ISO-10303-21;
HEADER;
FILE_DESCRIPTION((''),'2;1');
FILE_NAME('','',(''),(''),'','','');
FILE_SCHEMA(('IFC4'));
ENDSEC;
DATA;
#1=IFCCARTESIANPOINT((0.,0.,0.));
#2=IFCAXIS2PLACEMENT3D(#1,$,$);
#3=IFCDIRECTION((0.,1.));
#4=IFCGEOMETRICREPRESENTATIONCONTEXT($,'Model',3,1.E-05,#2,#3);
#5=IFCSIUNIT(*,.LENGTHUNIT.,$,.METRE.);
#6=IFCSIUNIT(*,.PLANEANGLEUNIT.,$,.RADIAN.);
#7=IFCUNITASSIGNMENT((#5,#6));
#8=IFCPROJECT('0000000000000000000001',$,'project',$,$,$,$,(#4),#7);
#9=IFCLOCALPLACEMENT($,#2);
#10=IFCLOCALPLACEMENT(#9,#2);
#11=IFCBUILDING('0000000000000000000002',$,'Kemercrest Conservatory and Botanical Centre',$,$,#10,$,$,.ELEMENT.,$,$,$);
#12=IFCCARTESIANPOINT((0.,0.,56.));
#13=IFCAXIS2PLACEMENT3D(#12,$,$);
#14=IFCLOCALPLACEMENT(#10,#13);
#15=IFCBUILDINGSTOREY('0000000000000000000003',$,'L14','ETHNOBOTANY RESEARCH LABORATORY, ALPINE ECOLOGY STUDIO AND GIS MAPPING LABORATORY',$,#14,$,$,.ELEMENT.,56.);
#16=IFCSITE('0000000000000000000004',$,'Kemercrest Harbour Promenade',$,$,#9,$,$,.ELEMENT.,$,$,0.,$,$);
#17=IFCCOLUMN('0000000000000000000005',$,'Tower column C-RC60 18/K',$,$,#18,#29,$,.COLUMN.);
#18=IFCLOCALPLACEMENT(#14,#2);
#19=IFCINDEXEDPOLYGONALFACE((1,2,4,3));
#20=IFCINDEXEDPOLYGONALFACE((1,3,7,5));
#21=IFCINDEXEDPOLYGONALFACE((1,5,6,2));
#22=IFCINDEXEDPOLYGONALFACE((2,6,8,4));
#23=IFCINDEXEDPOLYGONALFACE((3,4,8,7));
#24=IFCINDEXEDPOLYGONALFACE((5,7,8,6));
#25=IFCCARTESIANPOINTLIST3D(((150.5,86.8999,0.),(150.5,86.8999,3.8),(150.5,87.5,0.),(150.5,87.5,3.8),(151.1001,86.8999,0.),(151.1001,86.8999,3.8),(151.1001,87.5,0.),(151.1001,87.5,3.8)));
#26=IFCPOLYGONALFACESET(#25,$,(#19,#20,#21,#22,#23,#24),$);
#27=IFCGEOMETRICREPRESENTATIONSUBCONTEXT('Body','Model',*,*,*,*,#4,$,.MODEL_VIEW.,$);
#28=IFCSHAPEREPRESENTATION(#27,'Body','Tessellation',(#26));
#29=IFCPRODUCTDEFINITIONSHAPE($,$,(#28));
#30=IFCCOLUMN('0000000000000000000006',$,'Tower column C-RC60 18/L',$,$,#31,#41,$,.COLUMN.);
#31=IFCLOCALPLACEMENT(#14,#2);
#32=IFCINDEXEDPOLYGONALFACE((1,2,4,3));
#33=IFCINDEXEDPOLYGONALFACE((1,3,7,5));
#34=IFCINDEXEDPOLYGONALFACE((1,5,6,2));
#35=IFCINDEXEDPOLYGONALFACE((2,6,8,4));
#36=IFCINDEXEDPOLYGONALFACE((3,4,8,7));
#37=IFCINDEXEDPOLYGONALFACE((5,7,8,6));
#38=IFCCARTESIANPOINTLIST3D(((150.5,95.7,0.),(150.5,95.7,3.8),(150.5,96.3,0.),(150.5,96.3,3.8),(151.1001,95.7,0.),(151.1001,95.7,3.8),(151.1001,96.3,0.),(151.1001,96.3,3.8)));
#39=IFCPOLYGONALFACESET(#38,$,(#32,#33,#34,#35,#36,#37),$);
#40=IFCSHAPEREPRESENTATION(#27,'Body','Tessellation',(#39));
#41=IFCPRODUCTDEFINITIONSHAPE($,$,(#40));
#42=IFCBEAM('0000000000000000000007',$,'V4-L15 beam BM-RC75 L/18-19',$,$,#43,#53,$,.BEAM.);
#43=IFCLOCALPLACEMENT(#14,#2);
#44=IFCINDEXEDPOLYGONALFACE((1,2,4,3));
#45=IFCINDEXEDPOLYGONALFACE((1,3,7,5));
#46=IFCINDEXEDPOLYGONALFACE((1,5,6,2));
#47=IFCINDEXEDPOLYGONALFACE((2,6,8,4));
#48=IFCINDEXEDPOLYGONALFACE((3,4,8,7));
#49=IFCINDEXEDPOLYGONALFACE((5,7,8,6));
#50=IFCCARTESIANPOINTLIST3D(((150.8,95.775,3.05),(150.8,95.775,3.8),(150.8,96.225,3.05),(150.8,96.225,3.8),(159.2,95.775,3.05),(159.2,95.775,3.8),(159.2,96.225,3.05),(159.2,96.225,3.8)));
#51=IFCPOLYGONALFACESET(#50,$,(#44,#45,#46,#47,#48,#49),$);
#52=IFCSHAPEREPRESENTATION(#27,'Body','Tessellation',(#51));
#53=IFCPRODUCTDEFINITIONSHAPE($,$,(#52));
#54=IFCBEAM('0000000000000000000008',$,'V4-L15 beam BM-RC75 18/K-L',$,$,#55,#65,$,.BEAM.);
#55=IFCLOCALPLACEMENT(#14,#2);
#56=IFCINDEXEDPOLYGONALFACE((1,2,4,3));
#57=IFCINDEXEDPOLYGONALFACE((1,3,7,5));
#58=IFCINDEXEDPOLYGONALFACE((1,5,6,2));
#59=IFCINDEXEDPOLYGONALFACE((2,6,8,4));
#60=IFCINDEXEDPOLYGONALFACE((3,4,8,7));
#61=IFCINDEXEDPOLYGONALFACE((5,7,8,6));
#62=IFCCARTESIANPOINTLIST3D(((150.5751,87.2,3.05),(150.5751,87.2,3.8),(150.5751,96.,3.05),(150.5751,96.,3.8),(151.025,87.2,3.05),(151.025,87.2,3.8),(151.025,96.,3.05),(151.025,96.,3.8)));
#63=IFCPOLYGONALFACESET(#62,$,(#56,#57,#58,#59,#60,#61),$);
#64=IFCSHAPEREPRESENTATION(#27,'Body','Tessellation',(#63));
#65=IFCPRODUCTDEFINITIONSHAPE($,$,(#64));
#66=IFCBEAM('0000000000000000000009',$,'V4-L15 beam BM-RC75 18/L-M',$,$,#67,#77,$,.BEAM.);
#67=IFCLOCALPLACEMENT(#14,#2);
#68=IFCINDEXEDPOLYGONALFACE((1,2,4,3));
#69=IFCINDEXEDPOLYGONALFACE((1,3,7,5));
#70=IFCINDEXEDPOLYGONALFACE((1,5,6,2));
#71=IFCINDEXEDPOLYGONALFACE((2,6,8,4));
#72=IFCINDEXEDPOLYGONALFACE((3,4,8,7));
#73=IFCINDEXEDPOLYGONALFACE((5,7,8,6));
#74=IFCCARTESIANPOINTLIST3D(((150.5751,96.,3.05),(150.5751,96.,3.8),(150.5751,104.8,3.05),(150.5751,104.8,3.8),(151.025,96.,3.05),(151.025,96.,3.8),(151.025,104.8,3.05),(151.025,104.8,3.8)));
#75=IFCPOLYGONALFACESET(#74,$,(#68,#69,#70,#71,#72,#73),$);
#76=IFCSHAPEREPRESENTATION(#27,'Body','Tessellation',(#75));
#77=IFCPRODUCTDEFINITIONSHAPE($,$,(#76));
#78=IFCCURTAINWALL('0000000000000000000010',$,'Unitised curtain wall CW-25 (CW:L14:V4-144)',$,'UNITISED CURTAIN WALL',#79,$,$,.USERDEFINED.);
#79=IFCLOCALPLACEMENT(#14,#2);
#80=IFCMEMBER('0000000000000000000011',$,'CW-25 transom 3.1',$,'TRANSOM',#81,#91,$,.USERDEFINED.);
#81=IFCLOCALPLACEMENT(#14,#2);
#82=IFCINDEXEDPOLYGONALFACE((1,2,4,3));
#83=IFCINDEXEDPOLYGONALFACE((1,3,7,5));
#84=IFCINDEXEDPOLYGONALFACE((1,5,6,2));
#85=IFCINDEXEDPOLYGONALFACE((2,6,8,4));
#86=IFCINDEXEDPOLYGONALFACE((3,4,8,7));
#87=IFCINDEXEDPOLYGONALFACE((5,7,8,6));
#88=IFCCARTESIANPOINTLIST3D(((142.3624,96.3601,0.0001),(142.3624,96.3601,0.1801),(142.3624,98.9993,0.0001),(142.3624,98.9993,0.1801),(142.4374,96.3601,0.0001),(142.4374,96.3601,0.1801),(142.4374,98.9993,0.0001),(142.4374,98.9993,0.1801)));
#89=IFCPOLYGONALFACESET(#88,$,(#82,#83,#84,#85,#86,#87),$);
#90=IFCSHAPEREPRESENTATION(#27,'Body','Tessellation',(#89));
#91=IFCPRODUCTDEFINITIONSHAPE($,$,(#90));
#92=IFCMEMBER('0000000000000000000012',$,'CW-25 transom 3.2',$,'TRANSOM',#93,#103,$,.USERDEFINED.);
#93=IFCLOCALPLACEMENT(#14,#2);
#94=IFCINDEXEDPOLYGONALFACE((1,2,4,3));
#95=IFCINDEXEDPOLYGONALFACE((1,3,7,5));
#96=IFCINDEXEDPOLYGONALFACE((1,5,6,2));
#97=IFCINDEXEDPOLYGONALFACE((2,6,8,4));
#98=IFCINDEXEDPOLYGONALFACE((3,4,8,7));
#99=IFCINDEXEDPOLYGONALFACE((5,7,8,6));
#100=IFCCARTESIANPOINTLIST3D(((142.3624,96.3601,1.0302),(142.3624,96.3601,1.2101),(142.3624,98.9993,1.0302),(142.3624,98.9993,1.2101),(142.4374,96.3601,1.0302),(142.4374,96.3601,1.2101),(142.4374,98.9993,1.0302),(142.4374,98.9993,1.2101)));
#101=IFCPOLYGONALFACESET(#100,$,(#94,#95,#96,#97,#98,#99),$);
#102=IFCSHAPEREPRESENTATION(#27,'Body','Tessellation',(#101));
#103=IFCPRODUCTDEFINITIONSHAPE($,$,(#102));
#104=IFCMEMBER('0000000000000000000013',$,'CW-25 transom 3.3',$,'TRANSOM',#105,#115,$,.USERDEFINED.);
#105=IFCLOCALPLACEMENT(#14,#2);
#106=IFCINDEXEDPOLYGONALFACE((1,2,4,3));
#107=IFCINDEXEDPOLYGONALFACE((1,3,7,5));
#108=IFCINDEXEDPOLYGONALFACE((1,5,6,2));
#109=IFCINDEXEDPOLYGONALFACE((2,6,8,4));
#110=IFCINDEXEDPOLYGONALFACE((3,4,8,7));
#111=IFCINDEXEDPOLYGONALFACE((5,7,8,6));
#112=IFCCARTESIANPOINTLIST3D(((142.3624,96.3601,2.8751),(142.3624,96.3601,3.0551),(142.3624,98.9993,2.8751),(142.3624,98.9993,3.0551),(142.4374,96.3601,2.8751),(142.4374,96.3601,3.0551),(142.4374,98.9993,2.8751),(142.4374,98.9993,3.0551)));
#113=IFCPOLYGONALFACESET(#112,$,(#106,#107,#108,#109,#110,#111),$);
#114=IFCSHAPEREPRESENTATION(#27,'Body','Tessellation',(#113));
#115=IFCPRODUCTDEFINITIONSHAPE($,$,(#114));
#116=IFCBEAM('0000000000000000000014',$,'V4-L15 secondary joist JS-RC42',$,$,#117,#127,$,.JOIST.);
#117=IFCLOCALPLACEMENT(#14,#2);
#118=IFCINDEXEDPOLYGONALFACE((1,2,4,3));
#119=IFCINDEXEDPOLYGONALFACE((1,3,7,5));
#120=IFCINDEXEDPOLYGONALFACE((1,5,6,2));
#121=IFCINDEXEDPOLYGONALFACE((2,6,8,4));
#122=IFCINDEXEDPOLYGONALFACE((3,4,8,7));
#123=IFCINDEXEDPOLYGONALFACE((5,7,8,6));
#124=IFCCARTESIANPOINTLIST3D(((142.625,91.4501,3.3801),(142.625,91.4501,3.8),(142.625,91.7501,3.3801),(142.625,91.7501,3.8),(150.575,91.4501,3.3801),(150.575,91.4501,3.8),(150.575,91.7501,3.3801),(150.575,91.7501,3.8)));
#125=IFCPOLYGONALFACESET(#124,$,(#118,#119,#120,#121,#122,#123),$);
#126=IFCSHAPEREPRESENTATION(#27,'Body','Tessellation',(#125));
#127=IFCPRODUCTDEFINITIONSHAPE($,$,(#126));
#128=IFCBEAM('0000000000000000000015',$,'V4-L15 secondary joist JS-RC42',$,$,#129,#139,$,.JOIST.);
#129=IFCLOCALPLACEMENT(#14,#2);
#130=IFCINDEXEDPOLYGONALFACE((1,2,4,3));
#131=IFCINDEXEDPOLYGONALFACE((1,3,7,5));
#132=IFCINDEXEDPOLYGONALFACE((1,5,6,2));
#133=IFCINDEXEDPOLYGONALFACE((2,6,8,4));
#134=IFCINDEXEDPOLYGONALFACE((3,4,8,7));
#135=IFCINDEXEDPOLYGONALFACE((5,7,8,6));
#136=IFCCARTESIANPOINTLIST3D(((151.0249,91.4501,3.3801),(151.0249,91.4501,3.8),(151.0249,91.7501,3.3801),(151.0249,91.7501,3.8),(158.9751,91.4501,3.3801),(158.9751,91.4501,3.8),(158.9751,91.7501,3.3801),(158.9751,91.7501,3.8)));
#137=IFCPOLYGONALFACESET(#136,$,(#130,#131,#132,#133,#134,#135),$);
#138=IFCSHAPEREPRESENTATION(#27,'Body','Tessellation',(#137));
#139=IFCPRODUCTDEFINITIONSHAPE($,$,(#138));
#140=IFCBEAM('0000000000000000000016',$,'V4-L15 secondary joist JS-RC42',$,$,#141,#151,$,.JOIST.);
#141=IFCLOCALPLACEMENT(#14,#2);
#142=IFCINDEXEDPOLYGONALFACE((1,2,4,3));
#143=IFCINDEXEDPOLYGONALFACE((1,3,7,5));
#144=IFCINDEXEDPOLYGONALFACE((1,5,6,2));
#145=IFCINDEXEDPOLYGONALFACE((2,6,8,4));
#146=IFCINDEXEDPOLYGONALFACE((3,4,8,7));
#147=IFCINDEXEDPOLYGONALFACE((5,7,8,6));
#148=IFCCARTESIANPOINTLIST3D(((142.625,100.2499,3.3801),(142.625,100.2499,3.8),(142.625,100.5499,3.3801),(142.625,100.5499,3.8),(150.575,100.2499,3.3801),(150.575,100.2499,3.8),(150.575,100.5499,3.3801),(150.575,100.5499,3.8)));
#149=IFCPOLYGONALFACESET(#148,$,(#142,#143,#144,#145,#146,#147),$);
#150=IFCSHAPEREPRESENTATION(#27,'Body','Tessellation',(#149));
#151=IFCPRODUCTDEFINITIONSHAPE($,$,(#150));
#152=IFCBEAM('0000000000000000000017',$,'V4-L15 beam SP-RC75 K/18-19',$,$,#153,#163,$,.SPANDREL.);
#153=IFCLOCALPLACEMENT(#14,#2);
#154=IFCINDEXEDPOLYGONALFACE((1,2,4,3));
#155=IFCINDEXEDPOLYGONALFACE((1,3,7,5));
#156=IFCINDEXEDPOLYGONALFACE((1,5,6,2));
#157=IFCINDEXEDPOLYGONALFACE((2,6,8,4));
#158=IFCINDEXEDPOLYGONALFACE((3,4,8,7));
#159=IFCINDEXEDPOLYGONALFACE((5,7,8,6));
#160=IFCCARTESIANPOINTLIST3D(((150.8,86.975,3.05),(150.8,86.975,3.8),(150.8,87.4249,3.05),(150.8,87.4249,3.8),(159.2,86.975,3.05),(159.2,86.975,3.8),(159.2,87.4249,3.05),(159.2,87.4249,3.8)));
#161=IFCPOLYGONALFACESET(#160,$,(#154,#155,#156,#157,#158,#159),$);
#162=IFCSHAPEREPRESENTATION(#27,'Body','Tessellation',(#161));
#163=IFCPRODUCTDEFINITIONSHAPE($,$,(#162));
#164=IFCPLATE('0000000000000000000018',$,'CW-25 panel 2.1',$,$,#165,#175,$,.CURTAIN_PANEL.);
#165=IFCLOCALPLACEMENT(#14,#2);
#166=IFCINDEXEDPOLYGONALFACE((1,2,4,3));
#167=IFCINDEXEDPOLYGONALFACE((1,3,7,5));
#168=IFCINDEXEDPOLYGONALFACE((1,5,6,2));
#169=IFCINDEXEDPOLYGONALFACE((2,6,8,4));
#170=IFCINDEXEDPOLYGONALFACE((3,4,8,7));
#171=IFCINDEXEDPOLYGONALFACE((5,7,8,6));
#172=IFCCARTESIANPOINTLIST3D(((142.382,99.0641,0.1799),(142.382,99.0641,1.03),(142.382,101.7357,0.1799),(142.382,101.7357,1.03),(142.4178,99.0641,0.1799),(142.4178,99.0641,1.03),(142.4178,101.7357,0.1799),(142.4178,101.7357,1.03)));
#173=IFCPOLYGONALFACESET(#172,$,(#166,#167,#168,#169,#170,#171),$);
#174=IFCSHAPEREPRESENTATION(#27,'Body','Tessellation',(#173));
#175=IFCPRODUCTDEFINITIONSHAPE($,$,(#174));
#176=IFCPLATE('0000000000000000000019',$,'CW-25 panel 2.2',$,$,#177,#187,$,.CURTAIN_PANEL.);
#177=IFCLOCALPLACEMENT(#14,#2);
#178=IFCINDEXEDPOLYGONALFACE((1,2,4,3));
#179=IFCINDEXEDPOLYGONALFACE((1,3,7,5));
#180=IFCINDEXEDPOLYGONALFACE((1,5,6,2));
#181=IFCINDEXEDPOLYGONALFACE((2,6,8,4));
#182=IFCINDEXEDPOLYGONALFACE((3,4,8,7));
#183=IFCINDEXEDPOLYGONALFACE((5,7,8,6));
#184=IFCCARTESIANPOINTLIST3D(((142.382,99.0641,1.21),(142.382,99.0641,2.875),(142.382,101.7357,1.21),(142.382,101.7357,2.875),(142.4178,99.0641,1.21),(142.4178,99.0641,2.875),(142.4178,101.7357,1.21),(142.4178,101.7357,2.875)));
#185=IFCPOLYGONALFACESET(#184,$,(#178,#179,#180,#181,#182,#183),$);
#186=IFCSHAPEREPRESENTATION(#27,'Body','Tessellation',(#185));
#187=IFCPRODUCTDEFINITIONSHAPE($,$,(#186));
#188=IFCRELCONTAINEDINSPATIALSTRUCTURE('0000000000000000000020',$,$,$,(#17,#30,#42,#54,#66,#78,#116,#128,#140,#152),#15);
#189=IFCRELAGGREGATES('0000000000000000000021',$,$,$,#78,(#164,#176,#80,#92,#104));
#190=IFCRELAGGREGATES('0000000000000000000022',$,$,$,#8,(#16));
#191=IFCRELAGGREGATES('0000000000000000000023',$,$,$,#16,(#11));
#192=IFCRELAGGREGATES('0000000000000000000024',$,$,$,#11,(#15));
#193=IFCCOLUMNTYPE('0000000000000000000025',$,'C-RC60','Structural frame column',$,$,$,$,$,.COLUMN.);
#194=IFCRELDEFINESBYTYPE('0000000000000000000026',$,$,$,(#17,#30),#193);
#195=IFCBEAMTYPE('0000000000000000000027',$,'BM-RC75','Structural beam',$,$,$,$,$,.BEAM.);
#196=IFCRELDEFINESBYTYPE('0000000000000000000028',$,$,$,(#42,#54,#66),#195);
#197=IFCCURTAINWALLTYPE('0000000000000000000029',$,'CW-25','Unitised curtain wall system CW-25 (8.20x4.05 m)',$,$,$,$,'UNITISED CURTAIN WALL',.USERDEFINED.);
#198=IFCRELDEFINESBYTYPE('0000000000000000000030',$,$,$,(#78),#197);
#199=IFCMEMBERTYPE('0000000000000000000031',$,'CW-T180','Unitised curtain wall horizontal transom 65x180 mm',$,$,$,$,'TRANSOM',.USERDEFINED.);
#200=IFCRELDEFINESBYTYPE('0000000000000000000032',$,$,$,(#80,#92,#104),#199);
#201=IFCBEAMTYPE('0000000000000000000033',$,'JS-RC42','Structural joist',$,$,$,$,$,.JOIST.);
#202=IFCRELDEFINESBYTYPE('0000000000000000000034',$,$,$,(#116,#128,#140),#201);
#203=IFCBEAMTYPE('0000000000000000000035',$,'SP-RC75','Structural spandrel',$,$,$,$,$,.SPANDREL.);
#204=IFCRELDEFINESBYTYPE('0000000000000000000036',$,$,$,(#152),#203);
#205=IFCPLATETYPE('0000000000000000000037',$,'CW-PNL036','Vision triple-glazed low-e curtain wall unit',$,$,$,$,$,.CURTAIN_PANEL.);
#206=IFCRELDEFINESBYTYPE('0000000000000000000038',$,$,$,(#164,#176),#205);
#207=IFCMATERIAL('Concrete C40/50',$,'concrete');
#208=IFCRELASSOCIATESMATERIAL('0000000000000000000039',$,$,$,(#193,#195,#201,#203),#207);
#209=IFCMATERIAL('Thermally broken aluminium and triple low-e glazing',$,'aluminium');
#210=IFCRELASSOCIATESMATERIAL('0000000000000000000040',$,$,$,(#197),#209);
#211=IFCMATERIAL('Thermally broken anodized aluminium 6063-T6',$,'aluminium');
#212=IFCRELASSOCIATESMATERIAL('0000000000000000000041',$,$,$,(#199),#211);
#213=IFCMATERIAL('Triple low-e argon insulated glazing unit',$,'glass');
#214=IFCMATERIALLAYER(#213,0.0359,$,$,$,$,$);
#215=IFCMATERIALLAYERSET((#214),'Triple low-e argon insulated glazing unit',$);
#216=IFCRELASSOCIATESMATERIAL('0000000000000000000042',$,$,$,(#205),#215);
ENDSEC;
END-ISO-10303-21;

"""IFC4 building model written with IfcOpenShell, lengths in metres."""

from ifc_helpers import new_model, si_unit, direction, frame, origin, origin_2d, place, context, subcontext, project, spatial, rectangle, extrude, material, layer, layer_set, material_profile, profile_set, type_object, element, aggregate, save


model = new_model("IFC4")

# Units and contexts
model_context = context("Model", 3, precision=1e-05, world=origin(), true_north=direction((0.0, 1.0)))
body_context = subcontext(model_context, "Body", "Model", "MODEL_VIEW")
ifc_project = project(units=[si_unit("LENGTHUNIT", "METRE"), si_unit("PLANEANGLEUNIT", "RADIAN")], contexts=[model_context])

# Site, building, storey
site_placement = place(None, origin())
site = spatial("IfcSite", under=ifc_project, at=site_placement, Name="Kemercrest Harbour Promenade", CompositionType="ELEMENT", RefElevation=0.0)
building_placement = place(site_placement, origin())
building = spatial("IfcBuilding", under=site, at=building_placement, Name="Kemercrest Conservatory and Botanical Centre", CompositionType="ELEMENT")
storey_placement = place(building_placement, frame((0.0, 0.0, 56.0)))
storey = spatial("IfcBuildingStorey", under=building, at=storey_placement, Name="L14", Description="ETHNOBOTANY RESEARCH LABORATORY, ALPINE ECOLOGY STUDIO AND GIS MAPPING LABORATORY", CompositionType="ELEMENT", Elevation=56.0)

# Columns
ifc_material_1 = material(Name="Concrete C40/50", Category="concrete")
ifc_material_profile_1 = material_profile(ifc_material_1, rectangle(XDim=0.6001, YDim=0.6001, at=origin_2d()), Name="RC 600x600")
ifc_profile_set_1 = profile_set([ifc_material_profile_1], Name="Concrete C40/50")
column_type = type_object("IfcColumnType", Name="C-RC60", Description="Structural frame column", PredefinedType="COLUMN", material=ifc_profile_set_1)
for number, where, z_axis, x_axis, name in (
    (1, (150.8, 87.2, 0.0), (0.0, 0.0, 1.0), (1.0, 0.0, 0.0), "Tower column C-RC60 18/K"),
    (2, (150.8, 96.0, 0.0), (0.0, 0.0, 1.0), (1.0, 0.0, 0.0), "Tower column C-RC60 18/L"),
):
    element("IfcColumn", number, at=place(storey_placement, frame(where, z_axis=z_axis, x_axis=x_axis)), inside=storey, type_object=column_type, Name=name, PredefinedType="COLUMN", context=body_context, shape_type="SweptSolid", body=[
        extrude(rectangle(XDim=0.6001, YDim=0.6001, at=origin_2d()), origin(), (0.0, 0.0, 1.0), 3.8),
    ])

# Beams
ifc_material_profile_2 = material_profile(ifc_material_1, rectangle(XDim=0.45, YDim=0.75, at=origin_2d()), Name="RC 450x750")
ifc_profile_set_2 = profile_set([ifc_material_profile_2], Name="Concrete C40/50")
beam_type_1 = type_object("IfcBeamType", Name="BM-RC75", Description="Structural beam", PredefinedType="BEAM", material=ifc_profile_set_2)
beam_1_placement = place(storey_placement, frame((150.8, 96.0, 3.425), z_axis=(1.0, 0.0, 0.0), x_axis=(0.0, 1.0, 0.0)))
element("IfcBeam", 3, at=beam_1_placement, inside=storey, type_object=beam_type_1, Name="V4-L15 beam BM-RC75 L/18-19", PredefinedType="BEAM", context=body_context, shape_type="SweptSolid", body=[
    extrude(rectangle(XDim=0.45, YDim=0.75, at=origin_2d()), origin(), (0.0, 0.0, 1.0), 8.3999),
])
for number, where, z_axis, x_axis, name in (
    (4, (150.8, 87.2, 3.425), (0.0, 1.0, 0.0), (-1.0, 0.0, 0.0), "V4-L15 beam BM-RC75 18/K-L"),
    (5, (150.8, 96.0, 3.425), (0.0, 1.0, 0.0), (-1.0, 0.0, 0.0), "V4-L15 beam BM-RC75 18/L-M"),
):
    element("IfcBeam", number, at=place(storey_placement, frame(where, z_axis=z_axis, x_axis=x_axis)), inside=storey, type_object=beam_type_1, Name=name, PredefinedType="BEAM", context=body_context, shape_type="SweptSolid", body=[
        extrude(rectangle(XDim=0.45, YDim=0.75, at=origin_2d()), origin(), (0.0, 0.0, 1.0), 8.8),
    ])

# Curtain wall, members
ifc_material_2 = material(Name="Thermally broken aluminium and triple low-e glazing", Category="aluminium")
curtain_wall_type = type_object("IfcCurtainWallType", Name="CW-25", Description="Unitised curtain wall system CW-25 (8.20x4.05 m)", ElementType="UNITISED CURTAIN WALL", PredefinedType="USERDEFINED", material=ifc_material_2)
curtain_wall_placement = place(storey_placement, origin())
curtain_wall = element("IfcCurtainWall", 6, at=curtain_wall_placement, inside=storey, type_object=curtain_wall_type, Name="Unitised curtain wall CW-25 (CW:L14:V4-144)", ObjectType="UNITISED CURTAIN WALL", PredefinedType="USERDEFINED")
ifc_material_3 = material(Name="Thermally broken anodized aluminium 6063-T6", Category="aluminium")
ifc_material_profile_3 = material_profile(ifc_material_3, rectangle(XDim=0.075, YDim=0.1799, at=origin_2d()), Name="AL TRANSOM 75x180")
ifc_profile_set_3 = profile_set([ifc_material_profile_3], Name="Thermally broken anodized aluminium 6063-T6")
member_type = type_object("IfcMemberType", Name="CW-T180", Description="Unitised curtain wall horizontal transom 65x180 mm", ElementType="TRANSOM", PredefinedType="USERDEFINED", material=ifc_profile_set_3)
member_1_placement = place(storey_placement, frame((142.3999, 98.9993, 0.0901), z_axis=(0.0, -1.0, 0.0), x_axis=(1.0, 0.0, 0.0)))
member_1 = element("IfcMember", 7, at=member_1_placement, type_object=member_type, Name="CW-25 transom 3.1", ObjectType="TRANSOM", PredefinedType="USERDEFINED", context=body_context, shape_type="SweptSolid", body=[
    extrude(rectangle(XDim=0.075, YDim=0.1799, at=origin_2d()), origin(), (0.0, 0.0, 1.0), 2.6392),
])
member_2_placement = place(storey_placement, frame((142.3999, 98.9993, 1.1201), z_axis=(0.0, -1.0, 0.0), x_axis=(1.0, 0.0, 0.0)))
member_2 = element("IfcMember", 8, at=member_2_placement, type_object=member_type, Name="CW-25 transom 3.2", ObjectType="TRANSOM", PredefinedType="USERDEFINED", context=body_context, shape_type="SweptSolid", body=[
    extrude(rectangle(XDim=0.075, YDim=0.1799, at=origin_2d()), origin(), (0.0, 0.0, 1.0), 2.6392),
])
member_3_placement = place(storey_placement, frame((142.3999, 98.9993, 2.9651), z_axis=(0.0, -1.0, 0.0), x_axis=(1.0, 0.0, 0.0)))
member_3 = element("IfcMember", 9, at=member_3_placement, type_object=member_type, Name="CW-25 transom 3.3", ObjectType="TRANSOM", PredefinedType="USERDEFINED", context=body_context, shape_type="SweptSolid", body=[
    extrude(rectangle(XDim=0.075, YDim=0.1799, at=origin_2d()), origin(), (0.0, 0.0, 1.0), 2.6392),
])

# Beams
ifc_material_profile_4 = material_profile(ifc_material_1, rectangle(XDim=0.3, YDim=0.4199, at=origin_2d()), Name="RC 300x420")
ifc_profile_set_4 = profile_set([ifc_material_profile_4], Name="Concrete C40/50")
beam_type_2 = type_object("IfcBeamType", Name="JS-RC42", Description="Structural joist", PredefinedType="JOIST", material=ifc_profile_set_4)
beam_2_placement = place(storey_placement, frame((142.625, 91.6001, 3.5901), z_axis=(1.0, 0.0, 0.0), x_axis=(0.0, 1.0, 0.0)))
element("IfcBeam", 10, at=beam_2_placement, inside=storey, type_object=beam_type_2, Name="V4-L15 secondary joist JS-RC42", PredefinedType="JOIST", context=body_context, shape_type="SweptSolid", body=[
    extrude(rectangle(XDim=0.3, YDim=0.4199, at=origin_2d()), origin(), (0.0, 0.0, 1.0), 7.95),
])
beam_3_placement = place(storey_placement, frame((151.0249, 91.6001, 3.5901), z_axis=(1.0, 0.0, 0.0), x_axis=(0.0, 1.0, 0.0)))
element("IfcBeam", 11, at=beam_3_placement, inside=storey, type_object=beam_type_2, Name="V4-L15 secondary joist JS-RC42", PredefinedType="JOIST", context=body_context, shape_type="SweptSolid", body=[
    extrude(rectangle(XDim=0.3, YDim=0.4199, at=origin_2d()), origin(), (0.0, 0.0, 1.0), 7.9502),
])
beam_4_placement = place(storey_placement, frame((142.625, 100.3999, 3.5901), z_axis=(1.0, 0.0, 0.0), x_axis=(0.0, 1.0, 0.0)))
element("IfcBeam", 12, at=beam_4_placement, inside=storey, type_object=beam_type_2, Name="V4-L15 secondary joist JS-RC42", PredefinedType="JOIST", context=body_context, shape_type="SweptSolid", body=[
    extrude(rectangle(XDim=0.3, YDim=0.4199, at=origin_2d()), origin(), (0.0, 0.0, 1.0), 7.95),
])
ifc_material_profile_5 = material_profile(ifc_material_1, rectangle(XDim=0.45, YDim=0.75, at=origin_2d()), Name="RC 450x750")
ifc_profile_set_5 = profile_set([ifc_material_profile_5], Name="Concrete C40/50")
beam_type_3 = type_object("IfcBeamType", Name="SP-RC75", Description="Structural spandrel", PredefinedType="SPANDREL", material=ifc_profile_set_5)
beam_5_placement = place(storey_placement, frame((150.8, 87.2, 3.425), z_axis=(1.0, 0.0, 0.0), x_axis=(0.0, 1.0, 0.0)))
element("IfcBeam", 13, at=beam_5_placement, inside=storey, type_object=beam_type_3, Name="V4-L15 beam SP-RC75 K/18-19", PredefinedType="SPANDREL", context=body_context, shape_type="SweptSolid", body=[
    extrude(rectangle(XDim=0.45, YDim=0.75, at=origin_2d()), origin(), (0.0, 0.0, 1.0), 8.3999),
])

# Plates
ifc_material_4 = material(Name="Triple low-e argon insulated glazing unit", Category="glass")
ifc_layer_1 = layer(ifc_material_4, 0.0359)
ifc_layer_set_1 = layer_set([ifc_layer_1], Name="Triple low-e argon insulated glazing unit")
plate_type = type_object("IfcPlateType", Name="CW-PNL036", Description="Vision triple-glazed low-e curtain wall unit", PredefinedType="CURTAIN_PANEL", material=ifc_layer_set_1)
plate_1_placement = place(storey_placement, frame((142.3999, 100.3999, 0.1799), z_axis=(0.0, 0.0, 1.0), x_axis=(0.0, -1.0, 0.0)))
plate_1 = element("IfcPlate", 14, at=plate_1_placement, type_object=plate_type, Name="CW-25 panel 2.1", PredefinedType="CURTAIN_PANEL", context=body_context, shape_type="SweptSolid", body=[
    extrude(rectangle(XDim=2.6716, YDim=0.0359, at=origin_2d()), origin(), (0.0, 0.0, 1.0), 0.8501),
])
plate_2_placement = place(storey_placement, frame((142.3999, 100.3999, 1.21), z_axis=(0.0, 0.0, 1.0), x_axis=(0.0, -1.0, 0.0)))
plate_2 = element("IfcPlate", 15, at=plate_2_placement, type_object=plate_type, Name="CW-25 panel 2.2", PredefinedType="CURTAIN_PANEL", context=body_context, shape_type="SweptSolid", body=[
    extrude(rectangle(XDim=2.6716, YDim=0.0359, at=origin_2d()), origin(), (0.0, 0.0, 1.0), 1.665),
])
aggregate(curtain_wall, [plate_1, plate_2, member_1, member_2, member_3])

save(model, "model.ifc")
